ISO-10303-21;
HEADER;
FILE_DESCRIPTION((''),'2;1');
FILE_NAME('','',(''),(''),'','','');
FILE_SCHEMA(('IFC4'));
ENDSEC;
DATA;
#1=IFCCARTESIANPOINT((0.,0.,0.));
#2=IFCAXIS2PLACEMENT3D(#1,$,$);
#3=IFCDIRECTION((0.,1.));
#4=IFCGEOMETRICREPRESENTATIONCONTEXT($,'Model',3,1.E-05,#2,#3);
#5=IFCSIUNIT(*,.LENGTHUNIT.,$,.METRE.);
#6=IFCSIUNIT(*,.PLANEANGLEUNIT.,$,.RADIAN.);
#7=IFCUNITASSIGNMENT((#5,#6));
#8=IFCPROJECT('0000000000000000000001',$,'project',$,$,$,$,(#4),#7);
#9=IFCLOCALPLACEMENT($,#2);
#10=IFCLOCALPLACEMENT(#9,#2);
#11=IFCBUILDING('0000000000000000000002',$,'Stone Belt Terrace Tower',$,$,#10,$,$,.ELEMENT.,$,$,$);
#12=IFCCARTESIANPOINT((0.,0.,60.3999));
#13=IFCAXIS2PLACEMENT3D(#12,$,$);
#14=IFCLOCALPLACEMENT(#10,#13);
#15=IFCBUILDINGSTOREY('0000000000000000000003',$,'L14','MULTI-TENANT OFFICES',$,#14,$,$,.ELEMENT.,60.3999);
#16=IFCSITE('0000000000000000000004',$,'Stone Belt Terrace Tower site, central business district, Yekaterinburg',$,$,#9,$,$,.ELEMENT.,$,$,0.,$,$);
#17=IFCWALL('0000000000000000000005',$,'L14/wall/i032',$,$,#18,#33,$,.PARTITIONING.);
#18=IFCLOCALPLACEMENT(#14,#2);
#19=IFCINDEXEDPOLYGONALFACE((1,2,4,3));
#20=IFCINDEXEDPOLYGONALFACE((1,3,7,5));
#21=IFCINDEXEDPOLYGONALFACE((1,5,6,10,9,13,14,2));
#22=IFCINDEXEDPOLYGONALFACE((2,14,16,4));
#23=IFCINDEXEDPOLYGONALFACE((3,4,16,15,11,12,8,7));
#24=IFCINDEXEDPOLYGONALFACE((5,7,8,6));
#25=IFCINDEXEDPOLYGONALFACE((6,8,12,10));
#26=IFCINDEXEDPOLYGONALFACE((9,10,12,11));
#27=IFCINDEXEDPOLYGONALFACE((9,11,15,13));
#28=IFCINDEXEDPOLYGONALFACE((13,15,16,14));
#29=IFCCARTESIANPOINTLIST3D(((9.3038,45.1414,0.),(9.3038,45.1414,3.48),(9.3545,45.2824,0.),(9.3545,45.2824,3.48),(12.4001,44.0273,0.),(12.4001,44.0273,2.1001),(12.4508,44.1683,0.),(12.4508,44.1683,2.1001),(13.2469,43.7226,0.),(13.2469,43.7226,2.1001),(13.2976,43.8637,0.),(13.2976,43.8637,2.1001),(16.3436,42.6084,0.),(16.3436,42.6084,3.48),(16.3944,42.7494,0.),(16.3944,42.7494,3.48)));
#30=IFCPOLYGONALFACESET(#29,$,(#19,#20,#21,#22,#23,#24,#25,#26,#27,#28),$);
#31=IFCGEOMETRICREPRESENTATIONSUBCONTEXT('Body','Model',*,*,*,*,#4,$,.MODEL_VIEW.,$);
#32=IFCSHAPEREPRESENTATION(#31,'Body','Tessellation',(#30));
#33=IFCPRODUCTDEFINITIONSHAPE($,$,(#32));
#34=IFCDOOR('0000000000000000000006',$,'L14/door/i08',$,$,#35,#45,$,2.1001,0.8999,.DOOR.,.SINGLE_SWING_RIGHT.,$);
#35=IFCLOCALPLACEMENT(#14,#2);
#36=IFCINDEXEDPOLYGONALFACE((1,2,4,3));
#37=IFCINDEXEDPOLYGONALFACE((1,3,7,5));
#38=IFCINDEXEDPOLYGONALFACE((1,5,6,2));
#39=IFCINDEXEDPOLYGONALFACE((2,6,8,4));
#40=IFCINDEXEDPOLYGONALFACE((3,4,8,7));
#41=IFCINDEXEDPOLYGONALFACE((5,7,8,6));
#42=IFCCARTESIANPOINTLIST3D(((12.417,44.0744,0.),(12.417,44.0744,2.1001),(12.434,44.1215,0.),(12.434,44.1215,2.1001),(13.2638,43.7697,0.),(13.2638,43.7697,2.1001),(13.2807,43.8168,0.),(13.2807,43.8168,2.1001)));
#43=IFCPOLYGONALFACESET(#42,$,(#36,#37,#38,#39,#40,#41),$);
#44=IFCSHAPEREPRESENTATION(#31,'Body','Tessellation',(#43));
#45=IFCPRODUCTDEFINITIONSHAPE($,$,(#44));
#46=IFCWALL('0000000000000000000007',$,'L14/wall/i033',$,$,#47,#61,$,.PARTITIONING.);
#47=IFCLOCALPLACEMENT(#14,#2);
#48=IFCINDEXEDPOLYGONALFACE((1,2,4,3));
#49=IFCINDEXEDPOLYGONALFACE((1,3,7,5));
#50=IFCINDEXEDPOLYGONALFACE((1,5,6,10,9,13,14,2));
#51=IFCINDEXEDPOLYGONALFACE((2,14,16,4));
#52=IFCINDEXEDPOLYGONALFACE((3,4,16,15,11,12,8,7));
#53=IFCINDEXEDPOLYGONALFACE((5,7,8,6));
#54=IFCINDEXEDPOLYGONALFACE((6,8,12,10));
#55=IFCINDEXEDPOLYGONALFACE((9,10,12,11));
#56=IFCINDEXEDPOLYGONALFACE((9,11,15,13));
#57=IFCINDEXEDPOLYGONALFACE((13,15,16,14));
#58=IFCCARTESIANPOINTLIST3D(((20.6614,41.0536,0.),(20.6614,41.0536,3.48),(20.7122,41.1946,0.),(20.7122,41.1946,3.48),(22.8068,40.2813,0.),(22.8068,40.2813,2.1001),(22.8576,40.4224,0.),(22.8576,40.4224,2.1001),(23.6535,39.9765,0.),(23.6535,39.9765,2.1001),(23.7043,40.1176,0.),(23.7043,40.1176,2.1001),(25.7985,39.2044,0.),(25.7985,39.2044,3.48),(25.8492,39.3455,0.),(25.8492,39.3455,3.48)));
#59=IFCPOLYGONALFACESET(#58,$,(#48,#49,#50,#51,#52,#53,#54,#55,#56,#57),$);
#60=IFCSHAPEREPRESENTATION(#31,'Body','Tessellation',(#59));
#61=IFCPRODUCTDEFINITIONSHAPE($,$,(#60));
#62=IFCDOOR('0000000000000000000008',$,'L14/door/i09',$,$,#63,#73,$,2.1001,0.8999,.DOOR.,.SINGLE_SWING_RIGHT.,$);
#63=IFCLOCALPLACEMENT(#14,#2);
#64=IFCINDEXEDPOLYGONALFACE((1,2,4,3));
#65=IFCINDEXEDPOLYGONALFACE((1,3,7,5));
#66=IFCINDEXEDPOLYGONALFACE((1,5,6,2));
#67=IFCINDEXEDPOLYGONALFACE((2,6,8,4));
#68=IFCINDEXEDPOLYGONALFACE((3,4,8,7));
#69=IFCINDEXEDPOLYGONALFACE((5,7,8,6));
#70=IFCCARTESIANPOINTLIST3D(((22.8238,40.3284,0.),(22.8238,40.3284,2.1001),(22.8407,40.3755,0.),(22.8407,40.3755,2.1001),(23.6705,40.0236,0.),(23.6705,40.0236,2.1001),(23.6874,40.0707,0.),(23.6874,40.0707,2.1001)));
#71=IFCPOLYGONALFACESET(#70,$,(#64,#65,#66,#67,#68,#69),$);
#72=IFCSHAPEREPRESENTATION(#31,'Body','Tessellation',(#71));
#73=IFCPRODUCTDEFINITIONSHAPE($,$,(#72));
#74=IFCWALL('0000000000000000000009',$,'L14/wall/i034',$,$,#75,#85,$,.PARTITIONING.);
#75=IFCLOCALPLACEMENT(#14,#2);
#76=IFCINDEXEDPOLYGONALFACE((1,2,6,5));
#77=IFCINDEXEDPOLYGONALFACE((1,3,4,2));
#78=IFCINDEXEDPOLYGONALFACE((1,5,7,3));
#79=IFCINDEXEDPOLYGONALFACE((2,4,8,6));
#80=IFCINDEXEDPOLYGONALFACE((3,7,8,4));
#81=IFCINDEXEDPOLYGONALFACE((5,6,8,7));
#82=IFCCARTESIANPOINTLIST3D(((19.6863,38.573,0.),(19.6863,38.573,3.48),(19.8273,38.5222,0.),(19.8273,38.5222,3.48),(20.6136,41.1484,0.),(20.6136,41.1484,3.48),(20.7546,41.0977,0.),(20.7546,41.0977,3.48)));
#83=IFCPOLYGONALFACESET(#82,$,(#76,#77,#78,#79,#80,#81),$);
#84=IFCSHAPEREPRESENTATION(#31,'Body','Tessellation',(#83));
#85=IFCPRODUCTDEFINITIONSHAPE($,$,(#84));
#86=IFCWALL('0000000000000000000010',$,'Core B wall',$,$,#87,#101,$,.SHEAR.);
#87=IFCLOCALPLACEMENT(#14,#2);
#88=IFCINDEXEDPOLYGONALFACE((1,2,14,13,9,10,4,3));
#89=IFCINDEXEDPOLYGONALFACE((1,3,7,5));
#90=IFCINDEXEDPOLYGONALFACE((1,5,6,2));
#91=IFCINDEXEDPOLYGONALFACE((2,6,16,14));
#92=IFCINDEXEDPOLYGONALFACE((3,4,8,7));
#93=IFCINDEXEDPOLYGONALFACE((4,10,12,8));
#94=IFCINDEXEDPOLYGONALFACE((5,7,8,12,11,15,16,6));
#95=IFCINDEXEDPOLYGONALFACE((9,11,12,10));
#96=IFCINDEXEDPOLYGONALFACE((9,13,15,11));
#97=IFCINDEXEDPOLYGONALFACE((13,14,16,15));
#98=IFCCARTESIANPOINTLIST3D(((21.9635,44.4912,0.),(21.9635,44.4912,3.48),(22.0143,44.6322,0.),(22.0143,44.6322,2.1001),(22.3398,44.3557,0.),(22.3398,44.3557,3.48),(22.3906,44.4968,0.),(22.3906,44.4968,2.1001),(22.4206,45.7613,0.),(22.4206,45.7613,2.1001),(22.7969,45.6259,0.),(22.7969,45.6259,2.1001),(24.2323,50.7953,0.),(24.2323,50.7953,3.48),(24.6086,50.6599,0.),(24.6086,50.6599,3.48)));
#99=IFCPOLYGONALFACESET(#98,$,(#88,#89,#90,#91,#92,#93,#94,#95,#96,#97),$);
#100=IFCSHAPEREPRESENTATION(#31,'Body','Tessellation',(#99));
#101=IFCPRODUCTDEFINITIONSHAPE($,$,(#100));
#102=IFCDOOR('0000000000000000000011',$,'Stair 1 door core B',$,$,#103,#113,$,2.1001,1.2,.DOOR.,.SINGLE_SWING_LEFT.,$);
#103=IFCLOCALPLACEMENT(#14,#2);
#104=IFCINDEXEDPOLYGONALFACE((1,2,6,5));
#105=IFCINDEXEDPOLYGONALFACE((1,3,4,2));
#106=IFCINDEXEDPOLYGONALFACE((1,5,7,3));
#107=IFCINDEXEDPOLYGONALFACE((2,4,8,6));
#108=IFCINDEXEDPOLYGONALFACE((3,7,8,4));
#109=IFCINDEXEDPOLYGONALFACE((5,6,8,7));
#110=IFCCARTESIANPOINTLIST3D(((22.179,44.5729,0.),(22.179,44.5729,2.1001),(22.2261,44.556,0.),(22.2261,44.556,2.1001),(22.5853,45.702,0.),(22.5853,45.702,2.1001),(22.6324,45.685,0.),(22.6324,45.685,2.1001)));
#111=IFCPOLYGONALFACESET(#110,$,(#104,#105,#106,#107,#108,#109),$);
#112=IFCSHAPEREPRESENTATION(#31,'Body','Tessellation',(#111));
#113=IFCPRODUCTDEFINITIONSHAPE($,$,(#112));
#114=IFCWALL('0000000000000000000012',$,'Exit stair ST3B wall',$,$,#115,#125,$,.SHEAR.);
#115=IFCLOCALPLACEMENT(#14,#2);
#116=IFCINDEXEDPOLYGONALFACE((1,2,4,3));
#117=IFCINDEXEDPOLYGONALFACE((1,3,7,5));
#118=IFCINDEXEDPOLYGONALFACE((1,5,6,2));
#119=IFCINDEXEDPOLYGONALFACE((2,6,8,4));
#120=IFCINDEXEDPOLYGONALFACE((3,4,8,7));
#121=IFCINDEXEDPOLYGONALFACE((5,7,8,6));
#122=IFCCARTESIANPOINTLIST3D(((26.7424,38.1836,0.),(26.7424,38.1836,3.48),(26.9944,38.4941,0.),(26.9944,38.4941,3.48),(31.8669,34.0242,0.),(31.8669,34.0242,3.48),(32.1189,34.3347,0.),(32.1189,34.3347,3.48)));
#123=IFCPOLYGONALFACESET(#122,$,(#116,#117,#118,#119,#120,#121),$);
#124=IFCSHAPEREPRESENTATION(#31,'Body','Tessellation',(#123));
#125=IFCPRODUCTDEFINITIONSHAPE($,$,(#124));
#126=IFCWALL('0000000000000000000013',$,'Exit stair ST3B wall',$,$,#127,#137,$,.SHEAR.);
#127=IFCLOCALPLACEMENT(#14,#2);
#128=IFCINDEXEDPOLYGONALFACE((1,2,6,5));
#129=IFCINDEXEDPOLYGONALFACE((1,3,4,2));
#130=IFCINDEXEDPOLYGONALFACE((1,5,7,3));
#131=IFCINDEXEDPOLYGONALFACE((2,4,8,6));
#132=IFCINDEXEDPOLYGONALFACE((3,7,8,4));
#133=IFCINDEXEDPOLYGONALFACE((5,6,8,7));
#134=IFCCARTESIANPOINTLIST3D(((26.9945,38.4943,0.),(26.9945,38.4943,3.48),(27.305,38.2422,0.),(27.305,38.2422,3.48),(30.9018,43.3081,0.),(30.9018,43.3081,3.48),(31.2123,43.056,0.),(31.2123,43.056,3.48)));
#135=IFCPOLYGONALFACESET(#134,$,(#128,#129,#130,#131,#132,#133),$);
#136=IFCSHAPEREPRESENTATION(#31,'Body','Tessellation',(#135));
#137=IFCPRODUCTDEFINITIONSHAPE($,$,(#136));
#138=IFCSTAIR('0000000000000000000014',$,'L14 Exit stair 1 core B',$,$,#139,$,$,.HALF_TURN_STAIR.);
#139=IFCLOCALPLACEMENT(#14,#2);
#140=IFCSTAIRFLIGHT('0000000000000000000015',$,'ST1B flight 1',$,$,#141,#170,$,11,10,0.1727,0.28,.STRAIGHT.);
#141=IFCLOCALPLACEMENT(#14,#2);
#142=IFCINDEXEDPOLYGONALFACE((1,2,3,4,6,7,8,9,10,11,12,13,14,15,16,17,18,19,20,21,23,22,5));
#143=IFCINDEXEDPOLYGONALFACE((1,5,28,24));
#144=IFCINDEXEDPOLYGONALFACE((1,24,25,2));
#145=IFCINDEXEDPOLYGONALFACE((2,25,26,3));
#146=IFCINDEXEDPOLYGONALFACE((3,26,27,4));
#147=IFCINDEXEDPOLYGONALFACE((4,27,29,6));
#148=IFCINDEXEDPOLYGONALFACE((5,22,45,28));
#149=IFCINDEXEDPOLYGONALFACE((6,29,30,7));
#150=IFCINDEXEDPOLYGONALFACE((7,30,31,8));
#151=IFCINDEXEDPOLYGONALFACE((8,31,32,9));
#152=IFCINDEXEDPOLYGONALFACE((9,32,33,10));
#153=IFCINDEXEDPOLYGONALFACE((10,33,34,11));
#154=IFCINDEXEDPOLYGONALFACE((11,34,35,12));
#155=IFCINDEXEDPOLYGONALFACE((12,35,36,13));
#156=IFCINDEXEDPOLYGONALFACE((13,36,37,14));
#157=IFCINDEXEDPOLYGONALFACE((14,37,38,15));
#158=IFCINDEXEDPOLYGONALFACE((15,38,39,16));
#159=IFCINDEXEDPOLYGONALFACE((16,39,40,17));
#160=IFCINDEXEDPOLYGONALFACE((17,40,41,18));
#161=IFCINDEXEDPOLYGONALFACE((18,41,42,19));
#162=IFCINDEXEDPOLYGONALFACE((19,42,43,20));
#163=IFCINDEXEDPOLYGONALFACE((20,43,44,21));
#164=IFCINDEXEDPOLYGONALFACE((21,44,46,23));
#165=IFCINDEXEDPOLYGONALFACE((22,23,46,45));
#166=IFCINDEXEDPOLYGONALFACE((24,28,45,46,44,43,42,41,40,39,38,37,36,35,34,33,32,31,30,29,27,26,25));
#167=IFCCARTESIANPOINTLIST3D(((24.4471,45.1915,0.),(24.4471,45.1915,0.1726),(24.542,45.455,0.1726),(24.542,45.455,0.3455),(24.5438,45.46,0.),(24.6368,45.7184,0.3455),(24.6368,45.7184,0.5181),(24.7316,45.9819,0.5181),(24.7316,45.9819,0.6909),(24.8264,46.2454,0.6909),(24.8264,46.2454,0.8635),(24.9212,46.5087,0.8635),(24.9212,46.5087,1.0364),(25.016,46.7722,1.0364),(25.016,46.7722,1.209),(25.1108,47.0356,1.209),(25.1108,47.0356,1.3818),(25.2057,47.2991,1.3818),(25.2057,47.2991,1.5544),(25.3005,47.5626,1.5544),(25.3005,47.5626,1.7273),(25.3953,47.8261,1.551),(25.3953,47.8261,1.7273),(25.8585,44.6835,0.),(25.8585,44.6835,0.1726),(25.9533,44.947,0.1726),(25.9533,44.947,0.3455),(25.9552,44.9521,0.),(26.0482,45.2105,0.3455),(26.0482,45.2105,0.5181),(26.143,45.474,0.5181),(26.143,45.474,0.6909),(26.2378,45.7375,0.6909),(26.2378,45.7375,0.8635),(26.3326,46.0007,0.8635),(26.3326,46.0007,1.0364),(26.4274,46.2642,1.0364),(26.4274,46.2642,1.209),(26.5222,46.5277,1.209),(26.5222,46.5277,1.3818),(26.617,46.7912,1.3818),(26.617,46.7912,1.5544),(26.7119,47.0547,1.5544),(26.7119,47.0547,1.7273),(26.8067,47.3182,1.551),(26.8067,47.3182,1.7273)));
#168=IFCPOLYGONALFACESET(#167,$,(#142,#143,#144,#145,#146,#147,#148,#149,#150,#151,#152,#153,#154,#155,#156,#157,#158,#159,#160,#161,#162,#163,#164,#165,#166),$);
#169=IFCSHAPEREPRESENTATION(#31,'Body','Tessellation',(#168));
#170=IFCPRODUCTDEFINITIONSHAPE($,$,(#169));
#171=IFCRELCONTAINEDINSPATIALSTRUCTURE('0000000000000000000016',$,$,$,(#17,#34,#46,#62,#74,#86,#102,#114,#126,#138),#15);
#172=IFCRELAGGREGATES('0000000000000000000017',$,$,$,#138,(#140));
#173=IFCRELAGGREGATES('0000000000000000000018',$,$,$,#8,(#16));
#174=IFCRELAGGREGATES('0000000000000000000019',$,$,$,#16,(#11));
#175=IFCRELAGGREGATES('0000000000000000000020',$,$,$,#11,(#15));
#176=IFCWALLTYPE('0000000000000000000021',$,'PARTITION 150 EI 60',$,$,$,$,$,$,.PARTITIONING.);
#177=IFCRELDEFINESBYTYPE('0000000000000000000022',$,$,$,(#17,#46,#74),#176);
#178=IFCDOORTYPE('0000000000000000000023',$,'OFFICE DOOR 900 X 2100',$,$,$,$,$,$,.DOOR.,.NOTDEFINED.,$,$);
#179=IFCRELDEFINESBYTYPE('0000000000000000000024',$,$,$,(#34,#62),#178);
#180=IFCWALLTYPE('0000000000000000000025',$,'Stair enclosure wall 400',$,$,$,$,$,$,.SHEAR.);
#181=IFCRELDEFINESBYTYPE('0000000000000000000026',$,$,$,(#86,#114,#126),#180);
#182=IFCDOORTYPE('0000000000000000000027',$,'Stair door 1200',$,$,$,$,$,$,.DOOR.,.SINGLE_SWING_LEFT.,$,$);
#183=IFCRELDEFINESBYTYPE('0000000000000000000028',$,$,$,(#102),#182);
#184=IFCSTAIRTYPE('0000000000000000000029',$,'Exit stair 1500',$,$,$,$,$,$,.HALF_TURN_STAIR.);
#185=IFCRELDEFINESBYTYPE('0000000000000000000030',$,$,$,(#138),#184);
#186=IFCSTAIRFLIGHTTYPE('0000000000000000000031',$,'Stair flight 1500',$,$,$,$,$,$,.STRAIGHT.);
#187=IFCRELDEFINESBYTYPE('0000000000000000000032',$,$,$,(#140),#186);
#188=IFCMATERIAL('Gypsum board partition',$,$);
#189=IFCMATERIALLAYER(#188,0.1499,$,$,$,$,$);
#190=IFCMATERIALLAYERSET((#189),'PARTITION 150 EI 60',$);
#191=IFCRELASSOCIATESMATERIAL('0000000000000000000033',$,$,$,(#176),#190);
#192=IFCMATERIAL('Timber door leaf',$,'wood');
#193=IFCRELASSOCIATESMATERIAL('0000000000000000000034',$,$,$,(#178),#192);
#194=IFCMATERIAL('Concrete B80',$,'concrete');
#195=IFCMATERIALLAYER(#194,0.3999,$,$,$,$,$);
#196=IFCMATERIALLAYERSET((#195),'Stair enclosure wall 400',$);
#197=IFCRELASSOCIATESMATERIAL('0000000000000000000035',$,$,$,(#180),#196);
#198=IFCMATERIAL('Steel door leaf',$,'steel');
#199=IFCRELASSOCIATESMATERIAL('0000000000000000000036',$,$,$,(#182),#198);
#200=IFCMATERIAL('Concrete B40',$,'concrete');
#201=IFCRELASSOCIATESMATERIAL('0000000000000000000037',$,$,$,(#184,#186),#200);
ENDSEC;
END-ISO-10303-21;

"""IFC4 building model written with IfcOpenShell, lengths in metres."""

from ifc_helpers import new_model, si_unit, direction, frame, frame_2d, origin, place, context, subcontext, project, spatial, polyline, rectangle, outline, extrude, material, layer, layer_set, type_object, element, fill, aggregate, save


model = new_model("IFC4")

# Units and contexts
model_context = context("Model", 3, precision=1e-05, world=origin(), true_north=direction((0.0, 1.0)))
body_context = subcontext(model_context, "Body", "Model", "MODEL_VIEW")
ifc_project = project(units=[si_unit("LENGTHUNIT", "METRE"), si_unit("PLANEANGLEUNIT", "RADIAN")], contexts=[model_context])

# Site, building, storey
site_placement = place(None, origin())
site = spatial("IfcSite", under=ifc_project, at=site_placement, Name="Stone Belt Terrace Tower site, central business district, Yekaterinburg", CompositionType="ELEMENT", RefElevation=0.0)
building_placement = place(site_placement, origin())
building = spatial("IfcBuilding", under=site, at=building_placement, Name="Stone Belt Terrace Tower", CompositionType="ELEMENT")
storey_placement = place(building_placement, frame((0.0, 0.0, 60.3999)))
storey = spatial("IfcBuildingStorey", under=building, at=storey_placement, Name="L14", Description="MULTI-TENANT OFFICES", CompositionType="ELEMENT", Elevation=60.3999)

# Shared definitions
ifc_material_1 = material(Name="Concrete B80", Category="concrete")

# Shared definitions
ifc_material_2 = material(Name="Gypsum board partition")
ifc_layer_1 = layer(ifc_material_2, 0.1499)
ifc_layer_set_1 = layer_set([ifc_layer_1], Name="PARTITION 150 EI 60")
wall_type_1 = type_object("IfcWallType", Name="PARTITION 150 EI 60", PredefinedType="PARTITIONING", material=ifc_layer_set_1)

# Walls, openings, doors
wall_1_placement = place(storey_placement, frame((16.3689, 42.679, 0.0), z_axis=(0.0, 0.0, 1.0), x_axis=(-0.940946, 0.338558, 0.0)))
wall_1 = element("IfcWall", 1, at=wall_1_placement, inside=storey, type_object=wall_type_1, Name="L14/wall/i032", PredefinedType="PARTITIONING", context=body_context, shape_type="SweptSolid", body=[
    extrude(rectangle(XDim=7.4817, YDim=0.1499, at=frame_2d((3.7407, 0.0))), origin(), (0.0, 0.0, 1.0), 3.48),
])
opening_1_placement = place(wall_1_placement, frame((3.291, 0.0, 0.0)))
opening_1 = element("IfcOpeningElement", 2, at=opening_1_placement, cuts=wall_1, PredefinedType="OPENING", context=body_context, shape_type="SweptSolid", body=[
    extrude(rectangle(XDim=0.8999, YDim=2.1001, at=frame_2d((0.45, 1.05))), frame((0.0, 0.085, 0.0), z_axis=(0.0, -1.0, 0.0), x_axis=(1.0, 0.0, 0.0)), (0.0, 0.0, 1.0), 0.1699),
])
ifc_material_3 = material(Name="Timber door leaf", Category="wood")
door_type_1 = type_object("IfcDoorType", Name="OFFICE DOOR 900 X 2100", OperationType="NOTDEFINED", PredefinedType="DOOR", material=ifc_material_3)
door_1_placement = place(opening_1_placement, origin())
door_1 = element("IfcDoor", 3, at=door_1_placement, inside=storey, type_object=door_type_1, Name="L14/door/i08", OperationType="SINGLE_SWING_RIGHT", OverallHeight=2.1001, OverallWidth=0.8999, PredefinedType="DOOR", context=body_context, shape_type="SweptSolid", body=[
    extrude(rectangle(XDim=0.8999, YDim=2.1001, at=frame_2d((0.45, 1.05))), frame((0.0, 0.0249, 0.0), z_axis=(0.0, -1.0, 0.0), x_axis=(1.0, 0.0, 0.0)), (0.0, 0.0, 1.0), 0.05),
])
fill(opening_1, door_1)
wall_2_placement = place(storey_placement, frame((25.824, 39.2749, 0.0), z_axis=(0.0, 0.0, 1.0), x_axis=(-0.940898, 0.338689, 0.0)))
wall_2 = element("IfcWall", 4, at=wall_2_placement, inside=storey, type_object=wall_type_1, Name="L14/wall/i033", PredefinedType="PARTITIONING", context=body_context, shape_type="SweptSolid", body=[
    extrude(rectangle(XDim=5.4597, YDim=0.1499, at=frame_2d((2.73, 0.0))), origin(), (0.0, 0.0, 1.0), 3.48),
])
opening_2_placement = place(wall_2_placement, frame((2.2798, 0.0, 0.0)))
opening_2 = element("IfcOpeningElement", 5, at=opening_2_placement, cuts=wall_2, PredefinedType="OPENING", context=body_context, shape_type="SweptSolid", body=[
    extrude(rectangle(XDim=0.8999, YDim=2.1001, at=frame_2d((0.45, 1.05))), frame((0.0, 0.085, 0.0), z_axis=(0.0, -1.0, 0.0), x_axis=(1.0, 0.0, 0.0)), (0.0, 0.0, 1.0), 0.1699),
])
door_2_placement = place(opening_2_placement, origin())
door_2 = element("IfcDoor", 6, at=door_2_placement, inside=storey, type_object=door_type_1, Name="L14/door/i09", OperationType="SINGLE_SWING_RIGHT", OverallHeight=2.1001, OverallWidth=0.8999, PredefinedType="DOOR", context=body_context, shape_type="SweptSolid", body=[
    extrude(rectangle(XDim=0.8999, YDim=2.1001, at=frame_2d((0.45, 1.05))), frame((0.0, 0.0249, 0.0), z_axis=(0.0, -1.0, 0.0), x_axis=(1.0, 0.0, 0.0)), (0.0, 0.0, 1.0), 0.05),
])
fill(opening_2, door_2)

# Wall
wall_3_placement = place(storey_placement, frame((20.6841, 41.123, 0.0), z_axis=(0.0, 0.0, 1.0), x_axis=(-0.338748, -0.940877, 0.0)))
element("IfcWall", 7, at=wall_3_placement, inside=storey, type_object=wall_type_1, Name="L14/wall/i034", PredefinedType="PARTITIONING", context=body_context, shape_type="SweptSolid", body=[
    extrude(rectangle(XDim=2.7373, YDim=0.1499, at=frame_2d((1.3687, 0.0))), origin(), (0.0, 0.0, 1.0), 3.48),
])

# Wall, opening, door
ifc_layer_2 = layer(ifc_material_1, 0.3999)
ifc_layer_set_2 = layer_set([ifc_layer_2], Name="Stair enclosure wall 400")
wall_type_2 = type_object("IfcWallType", Name="Stair enclosure wall 400", PredefinedType="SHEAR", material=ifc_layer_set_2)
wall_4_placement = place(storey_placement, frame((22.1516, 44.4233, 0.0), z_axis=(0.0, 0.0, 1.0), x_axis=(0.338625, 0.940921, 0.0)))
wall_4 = element("IfcWall", 8, at=wall_4_placement, inside=storey, type_object=wall_type_2, Name="Core B wall", PredefinedType="SHEAR", context=body_context, shape_type="SweptSolid", body=[
    extrude(rectangle(XDim=6.7, YDim=0.3999, at=frame_2d((3.3501, 0.0))), origin(), (0.0, 0.0, 1.0), 3.48),
])
opening_3_placement = place(wall_4_placement, frame((0.1499, 0.0, 0.0)))
opening_3 = element("IfcOpeningElement", 9, at=opening_3_placement, cuts=wall_4, PredefinedType="OPENING", context=body_context, shape_type="SweptSolid", body=[
    extrude(rectangle(XDim=1.2, YDim=2.1001, at=frame_2d((0.6001, 1.05))), frame((0.0, 0.21, 0.0), z_axis=(0.0, -1.0, 0.0), x_axis=(1.0, 0.0, 0.0)), (0.0, 0.0, 1.0), 0.4199),
])
ifc_material_4 = material(Name="Steel door leaf", Category="steel")
door_type_2 = type_object("IfcDoorType", Name="Stair door 1200", OperationType="SINGLE_SWING_LEFT", PredefinedType="DOOR", material=ifc_material_4)
door_3_placement = place(opening_3_placement, origin())
door_3 = element("IfcDoor", 10, at=door_3_placement, inside=storey, type_object=door_type_2, Name="Stair 1 door core B", OperationType="SINGLE_SWING_LEFT", OverallHeight=2.1001, OverallWidth=1.2, PredefinedType="DOOR", context=body_context, shape_type="SweptSolid", body=[
    extrude(rectangle(XDim=1.2, YDim=2.1001, at=frame_2d((0.6001, 1.05))), frame((0.0, 0.0249, 0.0), z_axis=(0.0, -1.0, 0.0), x_axis=(1.0, 0.0, 0.0)), (0.0, 0.0, 1.0), 0.05),
])
fill(opening_3, door_3)

# Walls
wall_5_placement = place(storey_placement, frame((26.8684, 38.3389, 0.0), z_axis=(0.0, 0.0, 1.0), x_axis=(0.776428, -0.630205, 0.0)))
element("IfcWall", 11, at=wall_5_placement, inside=storey, type_object=wall_type_2, Name="Exit stair ST3B wall", PredefinedType="SHEAR", context=body_context, shape_type="SweptSolid", body=[
    extrude(rectangle(XDim=6.6001, YDim=0.3999, at=frame_2d((3.3, 0.0))), origin(), (0.0, 0.0, 1.0), 3.48),
])
wall_6_placement = place(storey_placement, frame((27.1497, 38.3682, 0.0), z_axis=(0.0, 0.0, 1.0), x_axis=(0.630212, 0.776423, 0.0)))
element("IfcWall", 12, at=wall_6_placement, inside=storey, type_object=wall_type_2, Name="Exit stair ST3B wall", PredefinedType="SHEAR", context=body_context, shape_type="SweptSolid", body=[
    extrude(rectangle(XDim=6.2, YDim=0.3999, at=frame_2d((3.1001, 0.0))), origin(), (0.0, 0.0, 1.0), 3.48),
])

# Stair, stair flight
ifc_material_5 = material(Name="Concrete B40", Category="concrete")
stair_type = type_object("IfcStairType", Name="Exit stair 1500", PredefinedType="HALF_TURN_STAIR", material=ifc_material_5)
stair_1_placement = place(storey_placement, origin())
stair_1 = element("IfcStair", 13, at=stair_1_placement, inside=storey, type_object=stair_type, Name="L14 Exit stair 1 core B", PredefinedType="HALF_TURN_STAIR")
stair_flight_type = type_object("IfcStairFlightType", Name="Stair flight 1500", PredefinedType="STRAIGHT", material=ifc_material_5)
stair_flight_1_placement = place(storey_placement, frame((25.1528, 44.9375, 0.0), z_axis=(0.0, 0.0, 1.0), x_axis=(0.338624, 0.940922, 0.0)))
stair_flight_1 = element("IfcStairFlight", 14, at=stair_flight_1_placement, type_object=stair_flight_type, Name="ST1B flight 1", NumberOfRisers=11, NumberOfTreads=10, PredefinedType="STRAIGHT", RiserHeight=0.1727, TreadLength=0.28, context=body_context, shape_type="SweptSolid", body=[
    extrude(outline(polyline([(0.0, 0.0), (0.0, 0.1726), (0.28, 0.1726), (0.28, 0.3455), (0.5601, 0.3455), (0.5601, 0.5181), (0.8401, 0.5181), (0.8401, 0.6909), (1.1201, 0.6909), (1.1201, 0.8635), (1.3999, 0.8635), (1.3999, 1.0364), (1.6799, 1.0364), (1.6799, 1.209), (1.96, 1.209), (1.96, 1.3818), (2.24, 1.3818), (2.24, 1.5544), (2.52, 1.5544), (2.52, 1.7273), (2.8, 1.7273), (2.8, 1.8999), (2.8, 1.551), (0.2854, 0.0), (0.0, 0.0)])), frame((0.0, 0.75, 0.0), z_axis=(0.0, -1.0, 0.0), x_axis=(1.0, 0.0, 0.0)), (0.0, 0.0, 1.0), 1.5),
])
aggregate(stair_1, [stair_flight_1])

save(model, "model.ifc")
